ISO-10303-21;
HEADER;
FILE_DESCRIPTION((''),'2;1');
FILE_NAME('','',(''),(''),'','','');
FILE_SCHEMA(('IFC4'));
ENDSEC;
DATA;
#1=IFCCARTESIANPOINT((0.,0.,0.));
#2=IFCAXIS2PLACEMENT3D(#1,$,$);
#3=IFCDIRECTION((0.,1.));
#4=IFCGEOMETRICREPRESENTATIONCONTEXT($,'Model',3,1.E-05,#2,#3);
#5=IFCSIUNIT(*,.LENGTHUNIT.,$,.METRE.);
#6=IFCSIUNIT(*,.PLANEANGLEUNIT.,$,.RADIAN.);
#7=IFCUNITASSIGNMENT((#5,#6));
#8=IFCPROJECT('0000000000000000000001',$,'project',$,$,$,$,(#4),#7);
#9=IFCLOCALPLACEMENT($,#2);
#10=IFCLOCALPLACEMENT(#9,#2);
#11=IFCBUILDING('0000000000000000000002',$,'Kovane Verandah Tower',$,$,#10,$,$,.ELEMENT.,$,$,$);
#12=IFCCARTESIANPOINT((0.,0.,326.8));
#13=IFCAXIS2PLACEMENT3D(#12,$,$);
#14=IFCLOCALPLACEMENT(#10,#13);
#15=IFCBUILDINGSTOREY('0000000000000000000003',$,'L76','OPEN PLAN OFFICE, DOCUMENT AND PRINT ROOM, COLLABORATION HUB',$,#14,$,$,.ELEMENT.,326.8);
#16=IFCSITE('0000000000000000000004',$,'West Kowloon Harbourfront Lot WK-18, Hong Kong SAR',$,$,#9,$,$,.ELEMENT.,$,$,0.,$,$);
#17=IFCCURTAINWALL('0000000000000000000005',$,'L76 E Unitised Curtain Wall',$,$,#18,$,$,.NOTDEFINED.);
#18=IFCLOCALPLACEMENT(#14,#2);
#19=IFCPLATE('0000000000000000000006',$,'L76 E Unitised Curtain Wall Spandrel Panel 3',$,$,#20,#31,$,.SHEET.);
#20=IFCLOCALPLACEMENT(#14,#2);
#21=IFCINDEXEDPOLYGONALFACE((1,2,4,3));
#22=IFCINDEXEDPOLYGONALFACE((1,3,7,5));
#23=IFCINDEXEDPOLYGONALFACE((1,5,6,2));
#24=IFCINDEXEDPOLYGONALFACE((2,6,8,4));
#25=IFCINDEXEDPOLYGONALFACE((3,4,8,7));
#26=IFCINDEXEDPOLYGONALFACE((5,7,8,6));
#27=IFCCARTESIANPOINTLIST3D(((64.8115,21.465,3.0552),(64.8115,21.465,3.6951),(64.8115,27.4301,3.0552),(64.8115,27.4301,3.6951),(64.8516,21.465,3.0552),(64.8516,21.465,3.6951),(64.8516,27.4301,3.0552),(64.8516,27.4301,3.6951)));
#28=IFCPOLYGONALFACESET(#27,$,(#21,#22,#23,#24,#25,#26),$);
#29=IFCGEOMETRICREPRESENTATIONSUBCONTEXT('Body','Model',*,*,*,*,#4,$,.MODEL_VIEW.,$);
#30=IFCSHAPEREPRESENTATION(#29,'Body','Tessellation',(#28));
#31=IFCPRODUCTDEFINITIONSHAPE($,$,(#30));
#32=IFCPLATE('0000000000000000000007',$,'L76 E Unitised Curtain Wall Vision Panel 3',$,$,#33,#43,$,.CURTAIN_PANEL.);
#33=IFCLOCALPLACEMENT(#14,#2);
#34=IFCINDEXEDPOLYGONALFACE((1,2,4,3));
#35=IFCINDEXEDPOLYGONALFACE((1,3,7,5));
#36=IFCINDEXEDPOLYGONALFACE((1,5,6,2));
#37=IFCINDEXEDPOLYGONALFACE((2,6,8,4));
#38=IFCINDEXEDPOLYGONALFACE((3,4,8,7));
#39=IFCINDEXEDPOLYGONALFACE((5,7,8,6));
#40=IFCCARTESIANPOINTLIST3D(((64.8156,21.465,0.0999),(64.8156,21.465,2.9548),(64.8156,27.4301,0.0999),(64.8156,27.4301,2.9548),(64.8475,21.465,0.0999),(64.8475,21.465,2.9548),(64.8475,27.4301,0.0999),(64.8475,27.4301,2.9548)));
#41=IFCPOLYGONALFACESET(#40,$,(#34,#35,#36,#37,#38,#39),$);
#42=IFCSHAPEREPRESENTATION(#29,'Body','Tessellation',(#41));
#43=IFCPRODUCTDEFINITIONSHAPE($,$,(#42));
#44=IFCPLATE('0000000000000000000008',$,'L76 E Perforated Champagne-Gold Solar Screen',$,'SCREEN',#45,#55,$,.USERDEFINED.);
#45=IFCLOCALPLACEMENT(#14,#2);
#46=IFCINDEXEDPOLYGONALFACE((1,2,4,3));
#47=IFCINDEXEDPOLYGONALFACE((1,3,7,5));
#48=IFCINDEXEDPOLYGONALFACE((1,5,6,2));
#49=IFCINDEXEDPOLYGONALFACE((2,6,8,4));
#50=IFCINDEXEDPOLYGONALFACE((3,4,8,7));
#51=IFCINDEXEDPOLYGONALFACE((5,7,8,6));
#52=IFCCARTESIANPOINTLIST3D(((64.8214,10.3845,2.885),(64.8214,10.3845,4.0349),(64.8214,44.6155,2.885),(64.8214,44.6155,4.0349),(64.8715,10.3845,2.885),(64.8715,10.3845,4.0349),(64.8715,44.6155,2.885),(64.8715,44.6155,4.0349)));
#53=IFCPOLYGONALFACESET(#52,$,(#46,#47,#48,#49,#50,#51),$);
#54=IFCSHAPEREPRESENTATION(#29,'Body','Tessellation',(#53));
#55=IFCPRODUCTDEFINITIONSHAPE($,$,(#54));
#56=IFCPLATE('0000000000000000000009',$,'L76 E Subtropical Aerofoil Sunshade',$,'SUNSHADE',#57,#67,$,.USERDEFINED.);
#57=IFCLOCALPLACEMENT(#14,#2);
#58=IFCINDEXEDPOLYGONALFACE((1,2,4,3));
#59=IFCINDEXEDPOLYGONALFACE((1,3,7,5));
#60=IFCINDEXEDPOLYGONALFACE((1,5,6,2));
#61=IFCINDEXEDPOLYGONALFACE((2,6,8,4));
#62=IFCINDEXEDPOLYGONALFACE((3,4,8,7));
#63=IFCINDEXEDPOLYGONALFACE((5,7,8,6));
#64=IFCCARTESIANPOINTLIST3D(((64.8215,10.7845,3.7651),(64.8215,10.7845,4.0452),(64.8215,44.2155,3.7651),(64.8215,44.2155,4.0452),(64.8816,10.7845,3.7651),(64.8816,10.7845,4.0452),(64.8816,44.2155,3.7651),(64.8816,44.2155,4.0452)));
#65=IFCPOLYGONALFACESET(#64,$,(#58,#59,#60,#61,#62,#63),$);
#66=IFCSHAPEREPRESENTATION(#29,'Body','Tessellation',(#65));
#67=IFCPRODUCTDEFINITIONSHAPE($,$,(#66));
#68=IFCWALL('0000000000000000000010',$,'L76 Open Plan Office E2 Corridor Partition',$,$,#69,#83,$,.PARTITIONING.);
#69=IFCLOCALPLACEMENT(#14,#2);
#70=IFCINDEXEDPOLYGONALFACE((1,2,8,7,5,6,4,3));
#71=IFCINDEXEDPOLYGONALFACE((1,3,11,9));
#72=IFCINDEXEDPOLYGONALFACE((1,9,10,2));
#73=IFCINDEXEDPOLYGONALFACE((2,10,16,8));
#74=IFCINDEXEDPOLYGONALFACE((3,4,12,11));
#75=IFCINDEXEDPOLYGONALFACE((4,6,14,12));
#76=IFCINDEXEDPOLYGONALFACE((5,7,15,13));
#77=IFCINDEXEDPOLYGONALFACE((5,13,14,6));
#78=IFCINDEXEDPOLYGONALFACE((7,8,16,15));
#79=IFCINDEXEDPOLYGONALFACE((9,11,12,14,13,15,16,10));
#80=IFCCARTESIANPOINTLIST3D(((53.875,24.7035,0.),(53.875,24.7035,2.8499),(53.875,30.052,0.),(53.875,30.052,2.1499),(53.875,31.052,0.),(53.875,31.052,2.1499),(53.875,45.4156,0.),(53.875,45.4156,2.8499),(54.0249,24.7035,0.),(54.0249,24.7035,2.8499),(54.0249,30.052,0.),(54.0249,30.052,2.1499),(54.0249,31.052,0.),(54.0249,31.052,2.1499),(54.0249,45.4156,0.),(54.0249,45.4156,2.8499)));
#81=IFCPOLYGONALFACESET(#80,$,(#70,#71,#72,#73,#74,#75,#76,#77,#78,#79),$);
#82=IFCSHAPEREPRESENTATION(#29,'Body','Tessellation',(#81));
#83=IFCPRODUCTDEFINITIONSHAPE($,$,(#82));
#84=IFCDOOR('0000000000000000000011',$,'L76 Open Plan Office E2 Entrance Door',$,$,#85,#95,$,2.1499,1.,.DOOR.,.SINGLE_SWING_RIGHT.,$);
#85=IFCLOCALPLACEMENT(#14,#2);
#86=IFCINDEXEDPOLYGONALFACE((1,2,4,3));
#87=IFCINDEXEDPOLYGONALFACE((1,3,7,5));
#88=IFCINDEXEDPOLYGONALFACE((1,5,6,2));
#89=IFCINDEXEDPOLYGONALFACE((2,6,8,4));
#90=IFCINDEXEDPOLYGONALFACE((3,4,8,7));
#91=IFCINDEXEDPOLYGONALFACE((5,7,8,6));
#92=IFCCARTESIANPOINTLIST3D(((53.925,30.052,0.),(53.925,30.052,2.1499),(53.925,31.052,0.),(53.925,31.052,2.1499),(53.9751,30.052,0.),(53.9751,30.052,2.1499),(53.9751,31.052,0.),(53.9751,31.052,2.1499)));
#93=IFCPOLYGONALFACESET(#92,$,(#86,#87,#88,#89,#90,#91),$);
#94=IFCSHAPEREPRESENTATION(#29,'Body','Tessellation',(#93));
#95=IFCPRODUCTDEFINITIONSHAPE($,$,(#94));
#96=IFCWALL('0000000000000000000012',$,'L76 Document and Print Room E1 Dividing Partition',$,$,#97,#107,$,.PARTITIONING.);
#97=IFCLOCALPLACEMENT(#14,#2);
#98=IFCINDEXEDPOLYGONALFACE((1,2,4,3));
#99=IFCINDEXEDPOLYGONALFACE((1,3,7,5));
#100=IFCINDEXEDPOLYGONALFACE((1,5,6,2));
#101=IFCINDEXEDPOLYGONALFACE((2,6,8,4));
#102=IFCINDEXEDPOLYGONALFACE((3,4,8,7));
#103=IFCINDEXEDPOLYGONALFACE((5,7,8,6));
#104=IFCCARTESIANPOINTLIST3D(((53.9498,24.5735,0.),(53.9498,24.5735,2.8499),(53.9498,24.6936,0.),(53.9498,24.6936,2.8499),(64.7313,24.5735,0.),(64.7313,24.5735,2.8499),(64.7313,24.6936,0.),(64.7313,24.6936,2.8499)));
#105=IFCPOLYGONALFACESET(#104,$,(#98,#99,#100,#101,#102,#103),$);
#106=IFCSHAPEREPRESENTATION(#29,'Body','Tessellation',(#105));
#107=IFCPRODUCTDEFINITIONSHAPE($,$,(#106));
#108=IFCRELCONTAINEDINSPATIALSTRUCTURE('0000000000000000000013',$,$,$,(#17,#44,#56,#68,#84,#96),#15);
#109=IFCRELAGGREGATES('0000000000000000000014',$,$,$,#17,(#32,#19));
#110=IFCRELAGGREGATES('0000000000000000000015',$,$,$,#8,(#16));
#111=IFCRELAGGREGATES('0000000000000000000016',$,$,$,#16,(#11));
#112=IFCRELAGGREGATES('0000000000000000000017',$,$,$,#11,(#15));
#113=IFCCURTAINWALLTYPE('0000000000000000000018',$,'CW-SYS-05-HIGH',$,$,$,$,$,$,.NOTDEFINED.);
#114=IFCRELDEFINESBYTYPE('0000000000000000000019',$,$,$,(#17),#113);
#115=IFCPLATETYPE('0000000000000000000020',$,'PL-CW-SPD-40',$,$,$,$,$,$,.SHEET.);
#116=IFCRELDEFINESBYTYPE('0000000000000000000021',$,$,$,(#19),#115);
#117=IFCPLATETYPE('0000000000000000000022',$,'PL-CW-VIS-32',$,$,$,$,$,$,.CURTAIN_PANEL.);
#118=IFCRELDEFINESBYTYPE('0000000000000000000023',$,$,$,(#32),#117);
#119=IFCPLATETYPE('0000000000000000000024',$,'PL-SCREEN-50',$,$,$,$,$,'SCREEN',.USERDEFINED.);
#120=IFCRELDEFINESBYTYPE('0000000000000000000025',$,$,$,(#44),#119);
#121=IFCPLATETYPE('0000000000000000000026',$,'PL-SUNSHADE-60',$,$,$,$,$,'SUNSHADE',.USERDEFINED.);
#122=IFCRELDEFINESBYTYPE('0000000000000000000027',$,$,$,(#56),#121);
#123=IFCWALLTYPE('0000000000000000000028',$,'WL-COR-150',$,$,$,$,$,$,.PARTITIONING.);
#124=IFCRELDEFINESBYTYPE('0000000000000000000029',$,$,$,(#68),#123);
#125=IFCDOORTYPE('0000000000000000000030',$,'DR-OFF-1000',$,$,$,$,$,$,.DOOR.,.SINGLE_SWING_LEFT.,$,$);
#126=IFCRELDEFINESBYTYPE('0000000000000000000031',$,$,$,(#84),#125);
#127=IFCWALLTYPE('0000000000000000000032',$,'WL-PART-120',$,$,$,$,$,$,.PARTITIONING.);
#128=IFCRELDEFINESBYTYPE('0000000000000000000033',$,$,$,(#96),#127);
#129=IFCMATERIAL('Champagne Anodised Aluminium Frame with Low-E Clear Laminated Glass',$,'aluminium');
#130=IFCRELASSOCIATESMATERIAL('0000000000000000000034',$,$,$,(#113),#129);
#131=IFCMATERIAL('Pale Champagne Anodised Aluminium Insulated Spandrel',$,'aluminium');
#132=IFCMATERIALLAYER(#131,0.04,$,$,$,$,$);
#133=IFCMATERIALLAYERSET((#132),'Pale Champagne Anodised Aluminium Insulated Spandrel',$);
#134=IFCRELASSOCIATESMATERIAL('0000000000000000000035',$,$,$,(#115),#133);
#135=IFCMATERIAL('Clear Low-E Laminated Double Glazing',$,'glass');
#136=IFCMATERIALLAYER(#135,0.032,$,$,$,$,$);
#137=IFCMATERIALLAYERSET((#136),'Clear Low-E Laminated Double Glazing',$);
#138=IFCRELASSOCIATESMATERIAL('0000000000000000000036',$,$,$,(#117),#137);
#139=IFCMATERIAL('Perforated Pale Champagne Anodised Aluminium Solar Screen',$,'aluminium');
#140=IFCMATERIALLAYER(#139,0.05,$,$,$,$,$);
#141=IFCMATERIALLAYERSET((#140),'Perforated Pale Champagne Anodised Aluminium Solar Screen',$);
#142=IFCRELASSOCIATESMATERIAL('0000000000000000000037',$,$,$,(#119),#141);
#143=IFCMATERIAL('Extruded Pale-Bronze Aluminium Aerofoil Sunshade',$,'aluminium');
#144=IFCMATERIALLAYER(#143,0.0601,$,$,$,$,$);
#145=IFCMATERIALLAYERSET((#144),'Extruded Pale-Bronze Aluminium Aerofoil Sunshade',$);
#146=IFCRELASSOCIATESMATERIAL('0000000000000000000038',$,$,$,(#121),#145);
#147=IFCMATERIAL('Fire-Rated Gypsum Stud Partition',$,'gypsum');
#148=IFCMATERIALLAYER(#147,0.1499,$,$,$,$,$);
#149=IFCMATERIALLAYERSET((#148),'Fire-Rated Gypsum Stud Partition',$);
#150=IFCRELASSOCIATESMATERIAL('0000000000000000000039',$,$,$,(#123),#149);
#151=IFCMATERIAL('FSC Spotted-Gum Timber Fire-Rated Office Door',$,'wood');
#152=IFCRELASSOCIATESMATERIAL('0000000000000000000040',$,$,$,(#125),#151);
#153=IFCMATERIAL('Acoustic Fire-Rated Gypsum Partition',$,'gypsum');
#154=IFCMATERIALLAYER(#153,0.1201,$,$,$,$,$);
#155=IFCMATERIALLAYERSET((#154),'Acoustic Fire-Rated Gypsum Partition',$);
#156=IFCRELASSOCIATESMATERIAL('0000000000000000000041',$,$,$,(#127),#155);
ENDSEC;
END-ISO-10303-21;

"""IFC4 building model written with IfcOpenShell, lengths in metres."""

from ifc_helpers import new_model, si_unit, direction, frame, frame_2d, origin, origin_2d, place, context, subcontext, project, spatial, rectangle, extrude, material, layer, layer_set, type_object, element, fill, aggregate, save


model = new_model("IFC4")

# Units and contexts
model_context = context("Model", 3, precision=1e-05, world=origin(), true_north=direction((0.0, 1.0)))
body_context = subcontext(model_context, "Body", "Model", "MODEL_VIEW")
ifc_project = project(units=[si_unit("LENGTHUNIT", "METRE"), si_unit("PLANEANGLEUNIT", "RADIAN")], contexts=[model_context])

# Site, building, storey
site_placement = place(None, origin())
site = spatial("IfcSite", under=ifc_project, at=site_placement, Name="West Kowloon Harbourfront Lot WK-18, Hong Kong SAR", CompositionType="ELEMENT", RefElevation=0.0)
building_placement = place(site_placement, origin())
building = spatial("IfcBuilding", under=site, at=building_placement, Name="Kovane Verandah Tower", CompositionType="ELEMENT")
storey_placement = place(building_placement, frame((0.0, 0.0, 326.8)))
storey = spatial("IfcBuildingStorey", under=building, at=storey_placement, Name="L76", Description="OPEN PLAN OFFICE, DOCUMENT AND PRINT ROOM, COLLABORATION HUB", CompositionType="ELEMENT", Elevation=326.8)

# Curtain wall
ifc_material_1 = material(Name="Champagne Anodised Aluminium Frame with Low-E Clear Laminated Glass", Category="aluminium")
curtain_wall_type = type_object("IfcCurtainWallType", Name="CW-SYS-05-HIGH", PredefinedType="NOTDEFINED", material=ifc_material_1)
curtain_wall_placement = place(storey_placement, origin())
curtain_wall = element("IfcCurtainWall", 1, at=curtain_wall_placement, inside=storey, type_object=curtain_wall_type, Name="L76 E Unitised Curtain Wall", PredefinedType="NOTDEFINED")

# Plates
ifc_material_2 = material(Name="Pale Champagne Anodised Aluminium Insulated Spandrel", Category="aluminium")
ifc_layer_1 = layer(ifc_material_2, 0.04)
ifc_layer_set_1 = layer_set([ifc_layer_1], Name="Pale Champagne Anodised Aluminium Insulated Spandrel")
plate_type_1 = type_object("IfcPlateType", Name="PL-CW-SPD-40", PredefinedType="SHEET", material=ifc_layer_set_1)
plate_1_placement = place(storey_placement, frame((64.8315, 24.4475, 3.0552), z_axis=(0.0, 0.0, 1.0), x_axis=(0.0, 1.0, 0.0)))
plate_1 = element("IfcPlate", 2, at=plate_1_placement, type_object=plate_type_1, Name="L76 E Unitised Curtain Wall Spandrel Panel 3", PredefinedType="SHEET", context=body_context, shape_type="SweptSolid", body=[
    extrude(rectangle(XDim=5.9651, YDim=0.04, at=origin_2d()), origin(), (0.0, 0.0, 1.0), 0.6399),
])
ifc_material_3 = material(Name="Clear Low-E Laminated Double Glazing", Category="glass")
ifc_layer_2 = layer(ifc_material_3, 0.032)
ifc_layer_set_2 = layer_set([ifc_layer_2], Name="Clear Low-E Laminated Double Glazing")
plate_type_2 = type_object("IfcPlateType", Name="PL-CW-VIS-32", PredefinedType="CURTAIN_PANEL", material=ifc_layer_set_2)
plate_2_placement = place(storey_placement, frame((64.8315, 24.4475, 0.0999), z_axis=(0.0, 0.0, 1.0), x_axis=(0.0, 1.0, 0.0)))
plate_2 = element("IfcPlate", 3, at=plate_2_placement, type_object=plate_type_2, Name="L76 E Unitised Curtain Wall Vision Panel 3", PredefinedType="CURTAIN_PANEL", context=body_context, shape_type="SweptSolid", body=[
    extrude(rectangle(XDim=5.9651, YDim=0.032, at=origin_2d()), origin(), (0.0, 0.0, 1.0), 2.855),
])
aggregate(curtain_wall, [plate_2, plate_1])

# Plates
ifc_material_4 = material(Name="Perforated Pale Champagne Anodised Aluminium Solar Screen", Category="aluminium")
ifc_layer_3 = layer(ifc_material_4, 0.05)
ifc_layer_set_3 = layer_set([ifc_layer_3], Name="Perforated Pale Champagne Anodised Aluminium Solar Screen")
plate_type_3 = type_object("IfcPlateType", Name="PL-SCREEN-50", ElementType="SCREEN", PredefinedType="USERDEFINED", material=ifc_layer_set_3)
plate_3_placement = place(storey_placement, frame((64.8464, 27.5, 2.885), z_axis=(0.0, 0.0, 1.0), x_axis=(0.0, 1.0, 0.0)))
element("IfcPlate", 4, at=plate_3_placement, inside=storey, type_object=plate_type_3, Name="L76 E Perforated Champagne-Gold Solar Screen", ObjectType="SCREEN", PredefinedType="USERDEFINED", context=body_context, shape_type="SweptSolid", body=[
    extrude(rectangle(XDim=34.231, YDim=0.05, at=origin_2d()), origin(), (0.0, 0.0, 1.0), 1.1499),
])
ifc_material_5 = material(Name="Extruded Pale-Bronze Aluminium Aerofoil Sunshade", Category="aluminium")
ifc_layer_4 = layer(ifc_material_5, 0.0601)
ifc_layer_set_4 = layer_set([ifc_layer_4], Name="Extruded Pale-Bronze Aluminium Aerofoil Sunshade")
plate_type_4 = type_object("IfcPlateType", Name="PL-SUNSHADE-60", ElementType="SUNSHADE", PredefinedType="USERDEFINED", material=ifc_layer_set_4)
plate_4_placement = place(storey_placement, frame((64.8516, 27.5, 3.7651), z_axis=(0.0, 0.0, 1.0), x_axis=(0.0, 1.0, 0.0)))
element("IfcPlate", 5, at=plate_4_placement, inside=storey, type_object=plate_type_4, Name="L76 E Subtropical Aerofoil Sunshade", ObjectType="SUNSHADE", PredefinedType="USERDEFINED", context=body_context, shape_type="SweptSolid", body=[
    extrude(rectangle(XDim=33.4309, YDim=0.0601, at=origin_2d()), origin(), (0.0, 0.0, 1.0), 0.28),
])

# Wall, opening, door
ifc_material_6 = material(Name="Fire-Rated Gypsum Stud Partition", Category="gypsum")
ifc_layer_5 = layer(ifc_material_6, 0.1499)
ifc_layer_set_5 = layer_set([ifc_layer_5], Name="Fire-Rated Gypsum Stud Partition")
wall_type_1 = type_object("IfcWallType", Name="WL-COR-150", PredefinedType="PARTITIONING", material=ifc_layer_set_5)
wall_1_placement = place(storey_placement, frame((53.95, 24.7036, 0.0), z_axis=(0.0, 0.0, 1.0), x_axis=(0.0, 1.0, 0.0)))
wall_1 = element("IfcWall", 6, at=wall_1_placement, inside=storey, type_object=wall_type_1, Name="L76 Open Plan Office E2 Corridor Partition", PredefinedType="PARTITIONING", context=body_context, shape_type="SweptSolid", body=[
    extrude(rectangle(XDim=20.7122, YDim=0.1499, at=frame_2d((10.356, 0.0))), origin(), (0.0, 0.0, 1.0), 2.8499),
])
opening_1_placement = place(wall_1_placement, frame((5.3484, 0.0, 0.0)))
opening_1 = element("IfcOpeningElement", 7, at=opening_1_placement, cuts=wall_1, PredefinedType="OPENING", context=body_context, shape_type="SweptSolid", body=[
    extrude(rectangle(XDim=1.0, YDim=2.1499, at=frame_2d((0.5, 1.075))), frame((0.0, 0.075, 0.0), z_axis=(0.0, -1.0, 0.0), x_axis=(1.0, 0.0, 0.0)), (0.0, 0.0, 1.0), 0.1499),
])
ifc_material_7 = material(Name="FSC Spotted-Gum Timber Fire-Rated Office Door", Category="wood")
door_type_1 = type_object("IfcDoorType", Name="DR-OFF-1000", OperationType="SINGLE_SWING_LEFT", PredefinedType="DOOR", material=ifc_material_7)
door_1_placement = place(opening_1_placement, origin())
door_1 = element("IfcDoor", 8, at=door_1_placement, inside=storey, type_object=door_type_1, Name="L76 Open Plan Office E2 Entrance Door", OperationType="SINGLE_SWING_RIGHT", OverallHeight=2.1499, OverallWidth=1.0, PredefinedType="DOOR", context=body_context, shape_type="SweptSolid", body=[
    extrude(rectangle(XDim=1.0, YDim=2.1499, at=frame_2d((0.5, 1.075))), frame((0.0, 0.0249, 0.0), z_axis=(0.0, -1.0, 0.0), x_axis=(1.0, 0.0, 0.0)), (0.0, 0.0, 1.0), 0.05),
])
fill(opening_1, door_1)

# Wall
ifc_material_8 = material(Name="Acoustic Fire-Rated Gypsum Partition", Category="gypsum")
ifc_layer_6 = layer(ifc_material_8, 0.1201)
ifc_layer_set_6 = layer_set([ifc_layer_6], Name="Acoustic Fire-Rated Gypsum Partition")
wall_type_2 = type_object("IfcWallType", Name="WL-PART-120", PredefinedType="PARTITIONING", material=ifc_layer_set_6)
wall_2_placement = place(storey_placement, frame((53.95, 24.6335, 0.0), z_axis=(0.0, 0.0, 1.0), x_axis=(1.0, 0.0, 0.0)))
element("IfcWall", 9, at=wall_2_placement, inside=storey, type_object=wall_type_2, Name="L76 Document and Print Room E1 Dividing Partition", PredefinedType="PARTITIONING", context=body_context, shape_type="SweptSolid", body=[
    extrude(rectangle(XDim=10.7815, YDim=0.1201, at=frame_2d((5.3906, 0.0))), origin(), (0.0, 0.0, 1.0), 2.8499),
])

save(model, "model.ifc")
